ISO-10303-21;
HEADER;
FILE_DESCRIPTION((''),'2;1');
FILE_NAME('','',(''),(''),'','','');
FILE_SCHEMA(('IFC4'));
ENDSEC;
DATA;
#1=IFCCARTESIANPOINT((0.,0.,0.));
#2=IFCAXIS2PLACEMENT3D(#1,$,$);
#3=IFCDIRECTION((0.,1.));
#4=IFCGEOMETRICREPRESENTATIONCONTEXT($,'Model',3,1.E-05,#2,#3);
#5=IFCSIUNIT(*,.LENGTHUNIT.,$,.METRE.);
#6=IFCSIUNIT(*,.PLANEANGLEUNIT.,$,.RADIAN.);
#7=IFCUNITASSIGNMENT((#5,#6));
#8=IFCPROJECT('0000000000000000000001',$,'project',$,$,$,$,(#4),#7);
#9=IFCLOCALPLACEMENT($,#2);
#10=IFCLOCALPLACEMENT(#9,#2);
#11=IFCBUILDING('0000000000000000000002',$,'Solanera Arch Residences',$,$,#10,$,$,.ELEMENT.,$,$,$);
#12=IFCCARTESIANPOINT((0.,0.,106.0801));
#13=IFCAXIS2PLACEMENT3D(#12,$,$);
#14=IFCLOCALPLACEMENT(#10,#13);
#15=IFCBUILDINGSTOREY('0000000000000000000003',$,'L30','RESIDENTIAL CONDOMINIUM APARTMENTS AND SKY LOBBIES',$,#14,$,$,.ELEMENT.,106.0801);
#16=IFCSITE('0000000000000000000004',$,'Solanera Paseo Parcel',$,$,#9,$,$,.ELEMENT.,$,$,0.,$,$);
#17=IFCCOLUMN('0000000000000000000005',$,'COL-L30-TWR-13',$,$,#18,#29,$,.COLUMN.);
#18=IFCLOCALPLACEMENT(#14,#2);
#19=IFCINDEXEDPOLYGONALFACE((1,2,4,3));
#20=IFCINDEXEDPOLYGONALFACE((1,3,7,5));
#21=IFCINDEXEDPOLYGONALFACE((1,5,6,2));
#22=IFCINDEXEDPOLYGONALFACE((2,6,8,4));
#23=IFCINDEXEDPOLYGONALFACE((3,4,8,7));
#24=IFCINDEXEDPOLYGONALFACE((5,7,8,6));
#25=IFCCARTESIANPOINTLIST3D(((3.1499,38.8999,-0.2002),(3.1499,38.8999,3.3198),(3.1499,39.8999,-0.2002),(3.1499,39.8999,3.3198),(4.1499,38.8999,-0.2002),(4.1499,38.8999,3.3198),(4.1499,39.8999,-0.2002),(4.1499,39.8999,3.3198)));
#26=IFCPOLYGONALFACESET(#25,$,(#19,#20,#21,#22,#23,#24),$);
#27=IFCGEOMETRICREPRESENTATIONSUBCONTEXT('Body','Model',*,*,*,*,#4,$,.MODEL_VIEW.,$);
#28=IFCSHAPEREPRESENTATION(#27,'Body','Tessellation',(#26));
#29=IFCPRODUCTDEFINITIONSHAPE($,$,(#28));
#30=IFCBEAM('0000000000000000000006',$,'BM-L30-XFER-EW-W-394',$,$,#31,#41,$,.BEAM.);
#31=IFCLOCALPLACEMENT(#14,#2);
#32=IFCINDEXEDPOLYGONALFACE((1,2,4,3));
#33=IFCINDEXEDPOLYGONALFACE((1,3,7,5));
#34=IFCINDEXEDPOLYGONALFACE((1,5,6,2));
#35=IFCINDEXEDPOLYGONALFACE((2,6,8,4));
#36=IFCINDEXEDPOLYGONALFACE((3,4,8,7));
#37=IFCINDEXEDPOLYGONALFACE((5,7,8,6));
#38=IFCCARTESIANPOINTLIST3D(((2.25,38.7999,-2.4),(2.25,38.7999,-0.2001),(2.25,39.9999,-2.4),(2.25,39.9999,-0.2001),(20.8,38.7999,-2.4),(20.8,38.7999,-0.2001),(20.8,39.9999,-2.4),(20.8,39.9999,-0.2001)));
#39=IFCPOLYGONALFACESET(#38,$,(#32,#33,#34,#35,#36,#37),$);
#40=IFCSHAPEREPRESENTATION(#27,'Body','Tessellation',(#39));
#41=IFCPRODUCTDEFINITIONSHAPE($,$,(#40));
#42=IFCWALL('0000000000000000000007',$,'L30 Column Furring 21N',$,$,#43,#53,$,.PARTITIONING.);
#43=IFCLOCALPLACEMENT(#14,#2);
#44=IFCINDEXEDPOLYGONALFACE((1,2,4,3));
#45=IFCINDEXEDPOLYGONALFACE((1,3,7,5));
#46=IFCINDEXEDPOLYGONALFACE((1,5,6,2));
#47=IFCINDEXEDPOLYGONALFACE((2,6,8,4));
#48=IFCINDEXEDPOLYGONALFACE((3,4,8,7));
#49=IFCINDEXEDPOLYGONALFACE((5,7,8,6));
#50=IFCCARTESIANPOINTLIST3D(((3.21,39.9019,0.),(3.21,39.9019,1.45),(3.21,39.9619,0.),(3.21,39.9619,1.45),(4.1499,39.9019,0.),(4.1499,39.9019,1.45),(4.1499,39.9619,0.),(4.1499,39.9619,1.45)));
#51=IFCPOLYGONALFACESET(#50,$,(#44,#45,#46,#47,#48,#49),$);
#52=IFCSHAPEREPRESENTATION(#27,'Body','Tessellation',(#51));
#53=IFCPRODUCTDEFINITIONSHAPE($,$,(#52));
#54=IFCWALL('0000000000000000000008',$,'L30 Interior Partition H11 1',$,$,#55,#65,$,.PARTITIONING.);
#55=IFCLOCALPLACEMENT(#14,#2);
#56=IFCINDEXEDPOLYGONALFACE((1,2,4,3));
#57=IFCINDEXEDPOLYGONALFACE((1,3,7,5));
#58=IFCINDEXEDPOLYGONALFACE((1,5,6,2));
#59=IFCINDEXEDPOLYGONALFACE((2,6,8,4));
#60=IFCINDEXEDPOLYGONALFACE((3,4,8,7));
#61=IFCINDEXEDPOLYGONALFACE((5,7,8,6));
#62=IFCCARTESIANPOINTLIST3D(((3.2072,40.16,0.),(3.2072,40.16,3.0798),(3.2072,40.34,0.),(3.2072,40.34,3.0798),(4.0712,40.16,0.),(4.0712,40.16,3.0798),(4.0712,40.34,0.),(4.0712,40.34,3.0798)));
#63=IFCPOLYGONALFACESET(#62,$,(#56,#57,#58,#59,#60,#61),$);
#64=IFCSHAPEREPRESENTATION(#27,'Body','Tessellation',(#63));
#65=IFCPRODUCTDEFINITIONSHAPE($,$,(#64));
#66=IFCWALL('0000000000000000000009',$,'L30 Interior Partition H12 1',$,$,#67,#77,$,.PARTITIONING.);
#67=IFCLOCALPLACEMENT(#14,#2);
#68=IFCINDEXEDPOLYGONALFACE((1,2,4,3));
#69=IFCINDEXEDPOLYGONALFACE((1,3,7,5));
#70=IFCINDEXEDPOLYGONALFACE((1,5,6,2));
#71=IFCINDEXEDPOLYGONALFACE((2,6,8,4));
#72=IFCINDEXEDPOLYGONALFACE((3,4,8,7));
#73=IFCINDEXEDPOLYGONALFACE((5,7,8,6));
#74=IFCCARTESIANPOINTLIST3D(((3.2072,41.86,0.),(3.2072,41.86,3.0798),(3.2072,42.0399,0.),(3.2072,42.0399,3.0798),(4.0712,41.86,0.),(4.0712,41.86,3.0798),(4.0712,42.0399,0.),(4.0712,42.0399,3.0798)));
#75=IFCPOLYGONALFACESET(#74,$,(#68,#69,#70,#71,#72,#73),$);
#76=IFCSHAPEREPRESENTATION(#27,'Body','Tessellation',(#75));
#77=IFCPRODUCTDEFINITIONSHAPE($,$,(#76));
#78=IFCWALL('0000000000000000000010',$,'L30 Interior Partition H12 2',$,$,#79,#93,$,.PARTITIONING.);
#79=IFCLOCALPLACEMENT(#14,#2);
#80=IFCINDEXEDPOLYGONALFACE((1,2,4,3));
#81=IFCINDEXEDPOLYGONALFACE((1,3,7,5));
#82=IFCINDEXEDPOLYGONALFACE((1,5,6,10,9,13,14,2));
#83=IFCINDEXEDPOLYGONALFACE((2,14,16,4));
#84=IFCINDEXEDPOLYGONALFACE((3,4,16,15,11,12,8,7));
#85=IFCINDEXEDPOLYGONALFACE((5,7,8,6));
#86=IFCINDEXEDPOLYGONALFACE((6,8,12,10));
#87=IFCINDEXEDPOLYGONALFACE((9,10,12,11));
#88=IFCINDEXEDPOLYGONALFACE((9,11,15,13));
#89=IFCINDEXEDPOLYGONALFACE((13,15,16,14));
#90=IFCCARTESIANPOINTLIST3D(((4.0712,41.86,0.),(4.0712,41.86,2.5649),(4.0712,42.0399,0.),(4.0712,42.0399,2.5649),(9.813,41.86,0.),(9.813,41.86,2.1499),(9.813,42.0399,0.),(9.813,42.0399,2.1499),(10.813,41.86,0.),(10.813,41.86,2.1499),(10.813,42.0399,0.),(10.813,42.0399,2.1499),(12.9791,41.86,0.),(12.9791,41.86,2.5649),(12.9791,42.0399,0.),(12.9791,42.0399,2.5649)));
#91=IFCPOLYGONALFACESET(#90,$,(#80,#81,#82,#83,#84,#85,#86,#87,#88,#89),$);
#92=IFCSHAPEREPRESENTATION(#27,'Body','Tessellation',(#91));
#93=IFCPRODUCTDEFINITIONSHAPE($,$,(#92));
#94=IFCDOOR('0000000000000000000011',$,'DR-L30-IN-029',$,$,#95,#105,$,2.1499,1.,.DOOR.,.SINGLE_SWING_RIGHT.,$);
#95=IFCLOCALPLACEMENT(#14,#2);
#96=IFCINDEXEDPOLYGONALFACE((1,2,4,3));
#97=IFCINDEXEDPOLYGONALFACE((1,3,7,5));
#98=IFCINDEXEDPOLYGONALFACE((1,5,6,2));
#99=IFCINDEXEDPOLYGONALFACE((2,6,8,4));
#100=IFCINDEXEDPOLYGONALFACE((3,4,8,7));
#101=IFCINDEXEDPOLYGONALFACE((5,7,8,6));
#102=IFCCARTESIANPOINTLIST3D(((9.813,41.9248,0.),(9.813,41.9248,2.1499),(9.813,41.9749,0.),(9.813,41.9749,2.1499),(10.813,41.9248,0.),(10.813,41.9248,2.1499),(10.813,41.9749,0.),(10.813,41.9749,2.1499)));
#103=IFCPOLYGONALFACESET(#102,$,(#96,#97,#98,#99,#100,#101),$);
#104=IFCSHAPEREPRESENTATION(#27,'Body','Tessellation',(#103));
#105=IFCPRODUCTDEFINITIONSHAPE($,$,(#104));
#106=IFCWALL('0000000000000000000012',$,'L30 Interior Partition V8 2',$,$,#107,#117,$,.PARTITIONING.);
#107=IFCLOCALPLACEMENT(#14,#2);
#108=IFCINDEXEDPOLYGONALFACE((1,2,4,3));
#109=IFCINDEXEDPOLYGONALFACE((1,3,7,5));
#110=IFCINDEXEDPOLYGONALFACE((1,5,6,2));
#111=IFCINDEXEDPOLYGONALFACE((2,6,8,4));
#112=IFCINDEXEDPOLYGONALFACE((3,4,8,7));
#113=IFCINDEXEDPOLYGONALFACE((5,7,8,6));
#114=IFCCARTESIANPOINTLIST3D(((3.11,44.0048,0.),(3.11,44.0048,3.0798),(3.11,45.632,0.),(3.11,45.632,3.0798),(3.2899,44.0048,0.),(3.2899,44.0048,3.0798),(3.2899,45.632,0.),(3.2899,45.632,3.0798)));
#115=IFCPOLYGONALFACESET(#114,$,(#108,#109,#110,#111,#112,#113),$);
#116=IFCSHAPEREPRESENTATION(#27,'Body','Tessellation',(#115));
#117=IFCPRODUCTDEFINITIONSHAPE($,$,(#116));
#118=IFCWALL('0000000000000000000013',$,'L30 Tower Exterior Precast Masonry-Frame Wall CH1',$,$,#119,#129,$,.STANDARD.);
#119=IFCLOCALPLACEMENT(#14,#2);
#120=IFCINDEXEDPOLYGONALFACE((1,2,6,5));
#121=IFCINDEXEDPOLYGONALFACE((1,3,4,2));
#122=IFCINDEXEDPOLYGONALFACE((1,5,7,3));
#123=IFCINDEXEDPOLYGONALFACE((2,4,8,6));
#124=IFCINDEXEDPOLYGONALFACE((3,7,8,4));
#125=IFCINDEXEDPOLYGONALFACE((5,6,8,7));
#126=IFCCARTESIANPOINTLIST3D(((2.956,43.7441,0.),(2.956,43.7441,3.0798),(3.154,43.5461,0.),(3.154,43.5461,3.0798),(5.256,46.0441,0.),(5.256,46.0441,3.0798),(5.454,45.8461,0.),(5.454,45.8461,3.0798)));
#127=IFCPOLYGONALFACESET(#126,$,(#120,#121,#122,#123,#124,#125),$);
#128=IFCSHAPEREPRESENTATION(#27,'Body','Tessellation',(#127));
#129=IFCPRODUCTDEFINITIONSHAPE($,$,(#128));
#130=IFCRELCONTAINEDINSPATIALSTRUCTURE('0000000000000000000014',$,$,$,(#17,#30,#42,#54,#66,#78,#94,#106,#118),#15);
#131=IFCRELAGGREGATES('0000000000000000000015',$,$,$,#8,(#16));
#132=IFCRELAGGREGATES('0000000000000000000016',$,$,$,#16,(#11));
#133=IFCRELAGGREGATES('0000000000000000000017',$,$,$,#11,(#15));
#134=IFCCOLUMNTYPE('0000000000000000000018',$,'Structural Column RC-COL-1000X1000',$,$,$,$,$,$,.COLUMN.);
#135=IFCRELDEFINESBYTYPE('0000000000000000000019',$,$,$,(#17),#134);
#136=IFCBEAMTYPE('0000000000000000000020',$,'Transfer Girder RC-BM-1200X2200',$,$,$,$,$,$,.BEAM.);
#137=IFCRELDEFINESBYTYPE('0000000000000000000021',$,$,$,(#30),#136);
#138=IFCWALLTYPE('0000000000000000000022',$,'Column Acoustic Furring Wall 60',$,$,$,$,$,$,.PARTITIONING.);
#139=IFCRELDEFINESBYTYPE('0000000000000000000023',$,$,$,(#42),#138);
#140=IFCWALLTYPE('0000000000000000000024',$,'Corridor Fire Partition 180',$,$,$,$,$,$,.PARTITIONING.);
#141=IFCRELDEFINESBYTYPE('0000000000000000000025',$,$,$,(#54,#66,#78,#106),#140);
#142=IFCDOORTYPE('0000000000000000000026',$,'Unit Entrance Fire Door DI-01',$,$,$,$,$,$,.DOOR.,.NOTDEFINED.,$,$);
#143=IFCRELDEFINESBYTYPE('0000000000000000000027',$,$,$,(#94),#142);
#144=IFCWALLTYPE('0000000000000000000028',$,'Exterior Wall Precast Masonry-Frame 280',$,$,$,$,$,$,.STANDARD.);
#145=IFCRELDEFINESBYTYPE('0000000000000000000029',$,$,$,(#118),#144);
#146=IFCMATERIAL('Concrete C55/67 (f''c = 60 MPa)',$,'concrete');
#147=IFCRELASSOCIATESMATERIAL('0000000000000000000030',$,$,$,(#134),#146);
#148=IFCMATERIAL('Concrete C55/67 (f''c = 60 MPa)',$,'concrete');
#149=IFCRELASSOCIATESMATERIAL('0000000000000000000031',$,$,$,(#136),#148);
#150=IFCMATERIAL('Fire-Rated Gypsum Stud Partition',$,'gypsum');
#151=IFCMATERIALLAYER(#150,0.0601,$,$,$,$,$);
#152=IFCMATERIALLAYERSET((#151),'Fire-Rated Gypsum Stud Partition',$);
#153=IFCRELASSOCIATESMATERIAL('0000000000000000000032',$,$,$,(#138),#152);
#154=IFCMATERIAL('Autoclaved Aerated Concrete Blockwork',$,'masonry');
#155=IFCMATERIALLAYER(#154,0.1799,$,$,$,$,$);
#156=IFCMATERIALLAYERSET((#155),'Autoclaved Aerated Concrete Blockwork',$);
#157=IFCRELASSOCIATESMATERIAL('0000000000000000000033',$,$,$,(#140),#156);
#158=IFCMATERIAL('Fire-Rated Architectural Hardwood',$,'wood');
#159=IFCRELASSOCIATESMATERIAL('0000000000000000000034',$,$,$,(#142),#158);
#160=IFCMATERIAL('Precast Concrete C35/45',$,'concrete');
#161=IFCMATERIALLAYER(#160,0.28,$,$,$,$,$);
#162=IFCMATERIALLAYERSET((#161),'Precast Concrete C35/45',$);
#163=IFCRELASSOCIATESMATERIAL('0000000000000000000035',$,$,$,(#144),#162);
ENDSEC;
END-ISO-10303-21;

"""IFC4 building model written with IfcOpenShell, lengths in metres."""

from ifc_helpers import new_model, si_unit, direction, frame, frame_2d, origin, origin_2d, place, context, subcontext, project, spatial, rectangle, extrude, material, layer, layer_set, material_profile, profile_set, type_object, element, fill, save


model = new_model("IFC4")

# Units and contexts
model_context = context("Model", 3, precision=1e-05, world=origin(), true_north=direction((0.0, 1.0)))
body_context = subcontext(model_context, "Body", "Model", "MODEL_VIEW")
ifc_project = project(units=[si_unit("LENGTHUNIT", "METRE"), si_unit("PLANEANGLEUNIT", "RADIAN")], contexts=[model_context])

# Site, building, storey
site_placement = place(None, origin())
site = spatial("IfcSite", under=ifc_project, at=site_placement, Name="Solanera Paseo Parcel", CompositionType="ELEMENT", RefElevation=0.0)
building_placement = place(site_placement, origin())
building = spatial("IfcBuilding", under=site, at=building_placement, Name="Solanera Arch Residences", CompositionType="ELEMENT")
storey_placement = place(building_placement, frame((0.0, 0.0, 106.0801)))
storey = spatial("IfcBuildingStorey", under=building, at=storey_placement, Name="L30", Description="RESIDENTIAL CONDOMINIUM APARTMENTS AND SKY LOBBIES", CompositionType="ELEMENT", Elevation=106.0801)

# Column
ifc_material_1 = material(Name="Concrete C55/67 (f'c = 60 MPa)", Category="concrete")
ifc_material_profile_1 = material_profile(ifc_material_1, rectangle(XDim=1.0, YDim=1.0, at=origin_2d()))
ifc_profile_set_1 = profile_set([ifc_material_profile_1], Name="Concrete C55/67 (f'c = 60 MPa)")
column_type = type_object("IfcColumnType", Name="Structural Column RC-COL-1000X1000", PredefinedType="COLUMN", material=ifc_profile_set_1)
column_placement = place(storey_placement, frame((3.6499, 39.3999, -0.2002), z_axis=(0.0, 0.0, 1.0), x_axis=(1.0, 0.0, 0.0)))
element("IfcColumn", 1, at=column_placement, inside=storey, type_object=column_type, Name="COL-L30-TWR-13", PredefinedType="COLUMN", context=body_context, shape_type="SweptSolid", body=[
    extrude(rectangle(XDim=1.0, YDim=1.0, at=origin_2d()), origin(), (0.0, 0.0, 1.0), 3.52),
])

# Beam
ifc_material_2 = material(Name="Concrete C55/67 (f'c = 60 MPa)", Category="concrete")
ifc_material_profile_2 = material_profile(ifc_material_2, rectangle(XDim=1.2, YDim=2.2, at=origin_2d()))
ifc_profile_set_2 = profile_set([ifc_material_profile_2], Name="Concrete C55/67 (f'c = 60 MPa)")
beam_type = type_object("IfcBeamType", Name="Transfer Girder RC-BM-1200X2200", PredefinedType="BEAM", material=ifc_profile_set_2)
beam_placement = place(storey_placement, frame((2.25, 39.3999, -1.3), z_axis=(1.0, 0.0, 0.0), x_axis=(0.0, 1.0, 0.0)))
element("IfcBeam", 2, at=beam_placement, inside=storey, type_object=beam_type, Name="BM-L30-XFER-EW-W-394", PredefinedType="BEAM", context=body_context, shape_type="SweptSolid", body=[
    extrude(rectangle(XDim=1.2, YDim=2.2, at=origin_2d()), origin(), (0.0, 0.0, 1.0), 18.55),
])

# Walls
ifc_material_3 = material(Name="Fire-Rated Gypsum Stud Partition", Category="gypsum")
ifc_layer_1 = layer(ifc_material_3, 0.0601)
ifc_layer_set_1 = layer_set([ifc_layer_1], Name="Fire-Rated Gypsum Stud Partition")
wall_type_1 = type_object("IfcWallType", Name="Column Acoustic Furring Wall 60", PredefinedType="PARTITIONING", material=ifc_layer_set_1)
wall_1_placement = place(storey_placement, frame((3.21, 39.9319, 0.0), z_axis=(0.0, 0.0, 1.0), x_axis=(1.0, 0.0, 0.0)))
element("IfcWall", 3, at=wall_1_placement, inside=storey, type_object=wall_type_1, Name="L30 Column Furring 21N", PredefinedType="PARTITIONING", context=body_context, shape_type="SweptSolid", body=[
    extrude(rectangle(XDim=0.9399, YDim=0.0601, at=frame_2d((0.47, 0.0))), origin(), (0.0, 0.0, 1.0), 1.45),
])
ifc_material_4 = material(Name="Autoclaved Aerated Concrete Blockwork", Category="masonry")
ifc_layer_2 = layer(ifc_material_4, 0.1799)
ifc_layer_set_2 = layer_set([ifc_layer_2], Name="Autoclaved Aerated Concrete Blockwork")
wall_type_2 = type_object("IfcWallType", Name="Corridor Fire Partition 180", PredefinedType="PARTITIONING", material=ifc_layer_set_2)
wall_2_placement = place(storey_placement, frame((3.207, 40.25, 0.0), z_axis=(0.0, 0.0, 1.0), x_axis=(1.0, 0.0, 0.0)))
element("IfcWall", 4, at=wall_2_placement, inside=storey, type_object=wall_type_2, Name="L30 Interior Partition H11 1", PredefinedType="PARTITIONING", context=body_context, shape_type="SweptSolid", body=[
    extrude(rectangle(XDim=0.864, YDim=0.1799, at=frame_2d((0.4321, 0.0))), origin(), (0.0, 0.0, 1.0), 3.0798),
])

# Wall
wall_3_placement = place(storey_placement, frame((3.207, 41.95, 0.0), z_axis=(0.0, 0.0, 1.0), x_axis=(1.0, 0.0, 0.0)))
element("IfcWall", 5, at=wall_3_placement, inside=storey, type_object=wall_type_2, Name="L30 Interior Partition H12 1", PredefinedType="PARTITIONING", context=body_context, shape_type="SweptSolid", body=[
    extrude(rectangle(XDim=0.864, YDim=0.1799, at=frame_2d((0.4321, 0.0))), origin(), (0.0, 0.0, 1.0), 3.0798),
])

# Wall, opening, door
wall_4_placement = place(storey_placement, frame((4.071, 41.95, 0.0), z_axis=(0.0, 0.0, 1.0), x_axis=(1.0, 0.0, 0.0)))
wall_4 = element("IfcWall", 6, at=wall_4_placement, inside=storey, type_object=wall_type_2, Name="L30 Interior Partition H12 2", PredefinedType="PARTITIONING", context=body_context, shape_type="SweptSolid", body=[
    extrude(rectangle(XDim=8.908, YDim=0.1799, at=frame_2d((4.4541, 0.0))), origin(), (0.0, 0.0, 1.0), 2.5649),
])
opening_1_placement = place(wall_4_placement, frame((5.7419, 0.0, 0.0)))
opening_1 = element("IfcOpeningElement", 7, at=opening_1_placement, cuts=wall_4, PredefinedType="OPENING", context=body_context, shape_type="SweptSolid", body=[
    extrude(rectangle(XDim=1.0, YDim=2.1499, at=frame_2d((0.5, 1.075))), frame((0.0, 0.1001, 0.0), z_axis=(0.0, -1.0, 0.0), x_axis=(1.0, 0.0, 0.0)), (0.0, 0.0, 1.0), 0.1999),
])
ifc_material_5 = material(Name="Fire-Rated Architectural Hardwood", Category="wood")
door_type_1 = type_object("IfcDoorType", Name="Unit Entrance Fire Door DI-01", OperationType="NOTDEFINED", PredefinedType="DOOR", material=ifc_material_5)
door_1_placement = place(opening_1_placement, origin())
door_1 = element("IfcDoor", 8, at=door_1_placement, inside=storey, type_object=door_type_1, Name="DR-L30-IN-029", OperationType="SINGLE_SWING_RIGHT", OverallHeight=2.1499, OverallWidth=1.0, PredefinedType="DOOR", context=body_context, shape_type="SweptSolid", body=[
    extrude(rectangle(XDim=1.0, YDim=2.1499, at=frame_2d((0.5, 1.075))), frame((0.0, 0.0249, 0.0), z_axis=(0.0, -1.0, 0.0), x_axis=(1.0, 0.0, 0.0)), (0.0, 0.0, 1.0), 0.05),
])
fill(opening_1, door_1)

# Walls
wall_5_placement = place(storey_placement, frame((3.2, 44.0049, 0.0), z_axis=(0.0, 0.0, 1.0), x_axis=(0.0, 1.0, 0.0)))
element("IfcWall", 9, at=wall_5_placement, inside=storey, type_object=wall_type_2, Name="L30 Interior Partition V8 2", PredefinedType="PARTITIONING", context=body_context, shape_type="SweptSolid", body=[
    extrude(rectangle(XDim=1.6272, YDim=0.1799, at=frame_2d((0.8135, 0.0))), origin(), (0.0, 0.0, 1.0), 3.0798),
])
ifc_material_6 = material(Name="Precast Concrete C35/45", Category="concrete")
ifc_layer_3 = layer(ifc_material_6, 0.28)
ifc_layer_set_3 = layer_set([ifc_layer_3], Name="Precast Concrete C35/45")
wall_type_3 = type_object("IfcWallType", Name="Exterior Wall Precast Masonry-Frame 280", PredefinedType="STANDARD", material=ifc_layer_set_3)
wall_6_placement = place(storey_placement, frame((3.0549, 43.645, 0.0), z_axis=(0.0, 0.0, 1.0), x_axis=(0.707107, 0.707107, 0.0)))
element("IfcWall", 10, at=wall_6_placement, inside=storey, type_object=wall_type_3, Name="L30 Tower Exterior Precast Masonry-Frame Wall CH1", PredefinedType="STANDARD", context=body_context, shape_type="SweptSolid", body=[
    extrude(rectangle(XDim=3.2527, YDim=0.28, at=frame_2d((1.6265, 0.0))), origin(), (0.0, 0.0, 1.0), 3.0798),
])

save(model, "model.ifc")
